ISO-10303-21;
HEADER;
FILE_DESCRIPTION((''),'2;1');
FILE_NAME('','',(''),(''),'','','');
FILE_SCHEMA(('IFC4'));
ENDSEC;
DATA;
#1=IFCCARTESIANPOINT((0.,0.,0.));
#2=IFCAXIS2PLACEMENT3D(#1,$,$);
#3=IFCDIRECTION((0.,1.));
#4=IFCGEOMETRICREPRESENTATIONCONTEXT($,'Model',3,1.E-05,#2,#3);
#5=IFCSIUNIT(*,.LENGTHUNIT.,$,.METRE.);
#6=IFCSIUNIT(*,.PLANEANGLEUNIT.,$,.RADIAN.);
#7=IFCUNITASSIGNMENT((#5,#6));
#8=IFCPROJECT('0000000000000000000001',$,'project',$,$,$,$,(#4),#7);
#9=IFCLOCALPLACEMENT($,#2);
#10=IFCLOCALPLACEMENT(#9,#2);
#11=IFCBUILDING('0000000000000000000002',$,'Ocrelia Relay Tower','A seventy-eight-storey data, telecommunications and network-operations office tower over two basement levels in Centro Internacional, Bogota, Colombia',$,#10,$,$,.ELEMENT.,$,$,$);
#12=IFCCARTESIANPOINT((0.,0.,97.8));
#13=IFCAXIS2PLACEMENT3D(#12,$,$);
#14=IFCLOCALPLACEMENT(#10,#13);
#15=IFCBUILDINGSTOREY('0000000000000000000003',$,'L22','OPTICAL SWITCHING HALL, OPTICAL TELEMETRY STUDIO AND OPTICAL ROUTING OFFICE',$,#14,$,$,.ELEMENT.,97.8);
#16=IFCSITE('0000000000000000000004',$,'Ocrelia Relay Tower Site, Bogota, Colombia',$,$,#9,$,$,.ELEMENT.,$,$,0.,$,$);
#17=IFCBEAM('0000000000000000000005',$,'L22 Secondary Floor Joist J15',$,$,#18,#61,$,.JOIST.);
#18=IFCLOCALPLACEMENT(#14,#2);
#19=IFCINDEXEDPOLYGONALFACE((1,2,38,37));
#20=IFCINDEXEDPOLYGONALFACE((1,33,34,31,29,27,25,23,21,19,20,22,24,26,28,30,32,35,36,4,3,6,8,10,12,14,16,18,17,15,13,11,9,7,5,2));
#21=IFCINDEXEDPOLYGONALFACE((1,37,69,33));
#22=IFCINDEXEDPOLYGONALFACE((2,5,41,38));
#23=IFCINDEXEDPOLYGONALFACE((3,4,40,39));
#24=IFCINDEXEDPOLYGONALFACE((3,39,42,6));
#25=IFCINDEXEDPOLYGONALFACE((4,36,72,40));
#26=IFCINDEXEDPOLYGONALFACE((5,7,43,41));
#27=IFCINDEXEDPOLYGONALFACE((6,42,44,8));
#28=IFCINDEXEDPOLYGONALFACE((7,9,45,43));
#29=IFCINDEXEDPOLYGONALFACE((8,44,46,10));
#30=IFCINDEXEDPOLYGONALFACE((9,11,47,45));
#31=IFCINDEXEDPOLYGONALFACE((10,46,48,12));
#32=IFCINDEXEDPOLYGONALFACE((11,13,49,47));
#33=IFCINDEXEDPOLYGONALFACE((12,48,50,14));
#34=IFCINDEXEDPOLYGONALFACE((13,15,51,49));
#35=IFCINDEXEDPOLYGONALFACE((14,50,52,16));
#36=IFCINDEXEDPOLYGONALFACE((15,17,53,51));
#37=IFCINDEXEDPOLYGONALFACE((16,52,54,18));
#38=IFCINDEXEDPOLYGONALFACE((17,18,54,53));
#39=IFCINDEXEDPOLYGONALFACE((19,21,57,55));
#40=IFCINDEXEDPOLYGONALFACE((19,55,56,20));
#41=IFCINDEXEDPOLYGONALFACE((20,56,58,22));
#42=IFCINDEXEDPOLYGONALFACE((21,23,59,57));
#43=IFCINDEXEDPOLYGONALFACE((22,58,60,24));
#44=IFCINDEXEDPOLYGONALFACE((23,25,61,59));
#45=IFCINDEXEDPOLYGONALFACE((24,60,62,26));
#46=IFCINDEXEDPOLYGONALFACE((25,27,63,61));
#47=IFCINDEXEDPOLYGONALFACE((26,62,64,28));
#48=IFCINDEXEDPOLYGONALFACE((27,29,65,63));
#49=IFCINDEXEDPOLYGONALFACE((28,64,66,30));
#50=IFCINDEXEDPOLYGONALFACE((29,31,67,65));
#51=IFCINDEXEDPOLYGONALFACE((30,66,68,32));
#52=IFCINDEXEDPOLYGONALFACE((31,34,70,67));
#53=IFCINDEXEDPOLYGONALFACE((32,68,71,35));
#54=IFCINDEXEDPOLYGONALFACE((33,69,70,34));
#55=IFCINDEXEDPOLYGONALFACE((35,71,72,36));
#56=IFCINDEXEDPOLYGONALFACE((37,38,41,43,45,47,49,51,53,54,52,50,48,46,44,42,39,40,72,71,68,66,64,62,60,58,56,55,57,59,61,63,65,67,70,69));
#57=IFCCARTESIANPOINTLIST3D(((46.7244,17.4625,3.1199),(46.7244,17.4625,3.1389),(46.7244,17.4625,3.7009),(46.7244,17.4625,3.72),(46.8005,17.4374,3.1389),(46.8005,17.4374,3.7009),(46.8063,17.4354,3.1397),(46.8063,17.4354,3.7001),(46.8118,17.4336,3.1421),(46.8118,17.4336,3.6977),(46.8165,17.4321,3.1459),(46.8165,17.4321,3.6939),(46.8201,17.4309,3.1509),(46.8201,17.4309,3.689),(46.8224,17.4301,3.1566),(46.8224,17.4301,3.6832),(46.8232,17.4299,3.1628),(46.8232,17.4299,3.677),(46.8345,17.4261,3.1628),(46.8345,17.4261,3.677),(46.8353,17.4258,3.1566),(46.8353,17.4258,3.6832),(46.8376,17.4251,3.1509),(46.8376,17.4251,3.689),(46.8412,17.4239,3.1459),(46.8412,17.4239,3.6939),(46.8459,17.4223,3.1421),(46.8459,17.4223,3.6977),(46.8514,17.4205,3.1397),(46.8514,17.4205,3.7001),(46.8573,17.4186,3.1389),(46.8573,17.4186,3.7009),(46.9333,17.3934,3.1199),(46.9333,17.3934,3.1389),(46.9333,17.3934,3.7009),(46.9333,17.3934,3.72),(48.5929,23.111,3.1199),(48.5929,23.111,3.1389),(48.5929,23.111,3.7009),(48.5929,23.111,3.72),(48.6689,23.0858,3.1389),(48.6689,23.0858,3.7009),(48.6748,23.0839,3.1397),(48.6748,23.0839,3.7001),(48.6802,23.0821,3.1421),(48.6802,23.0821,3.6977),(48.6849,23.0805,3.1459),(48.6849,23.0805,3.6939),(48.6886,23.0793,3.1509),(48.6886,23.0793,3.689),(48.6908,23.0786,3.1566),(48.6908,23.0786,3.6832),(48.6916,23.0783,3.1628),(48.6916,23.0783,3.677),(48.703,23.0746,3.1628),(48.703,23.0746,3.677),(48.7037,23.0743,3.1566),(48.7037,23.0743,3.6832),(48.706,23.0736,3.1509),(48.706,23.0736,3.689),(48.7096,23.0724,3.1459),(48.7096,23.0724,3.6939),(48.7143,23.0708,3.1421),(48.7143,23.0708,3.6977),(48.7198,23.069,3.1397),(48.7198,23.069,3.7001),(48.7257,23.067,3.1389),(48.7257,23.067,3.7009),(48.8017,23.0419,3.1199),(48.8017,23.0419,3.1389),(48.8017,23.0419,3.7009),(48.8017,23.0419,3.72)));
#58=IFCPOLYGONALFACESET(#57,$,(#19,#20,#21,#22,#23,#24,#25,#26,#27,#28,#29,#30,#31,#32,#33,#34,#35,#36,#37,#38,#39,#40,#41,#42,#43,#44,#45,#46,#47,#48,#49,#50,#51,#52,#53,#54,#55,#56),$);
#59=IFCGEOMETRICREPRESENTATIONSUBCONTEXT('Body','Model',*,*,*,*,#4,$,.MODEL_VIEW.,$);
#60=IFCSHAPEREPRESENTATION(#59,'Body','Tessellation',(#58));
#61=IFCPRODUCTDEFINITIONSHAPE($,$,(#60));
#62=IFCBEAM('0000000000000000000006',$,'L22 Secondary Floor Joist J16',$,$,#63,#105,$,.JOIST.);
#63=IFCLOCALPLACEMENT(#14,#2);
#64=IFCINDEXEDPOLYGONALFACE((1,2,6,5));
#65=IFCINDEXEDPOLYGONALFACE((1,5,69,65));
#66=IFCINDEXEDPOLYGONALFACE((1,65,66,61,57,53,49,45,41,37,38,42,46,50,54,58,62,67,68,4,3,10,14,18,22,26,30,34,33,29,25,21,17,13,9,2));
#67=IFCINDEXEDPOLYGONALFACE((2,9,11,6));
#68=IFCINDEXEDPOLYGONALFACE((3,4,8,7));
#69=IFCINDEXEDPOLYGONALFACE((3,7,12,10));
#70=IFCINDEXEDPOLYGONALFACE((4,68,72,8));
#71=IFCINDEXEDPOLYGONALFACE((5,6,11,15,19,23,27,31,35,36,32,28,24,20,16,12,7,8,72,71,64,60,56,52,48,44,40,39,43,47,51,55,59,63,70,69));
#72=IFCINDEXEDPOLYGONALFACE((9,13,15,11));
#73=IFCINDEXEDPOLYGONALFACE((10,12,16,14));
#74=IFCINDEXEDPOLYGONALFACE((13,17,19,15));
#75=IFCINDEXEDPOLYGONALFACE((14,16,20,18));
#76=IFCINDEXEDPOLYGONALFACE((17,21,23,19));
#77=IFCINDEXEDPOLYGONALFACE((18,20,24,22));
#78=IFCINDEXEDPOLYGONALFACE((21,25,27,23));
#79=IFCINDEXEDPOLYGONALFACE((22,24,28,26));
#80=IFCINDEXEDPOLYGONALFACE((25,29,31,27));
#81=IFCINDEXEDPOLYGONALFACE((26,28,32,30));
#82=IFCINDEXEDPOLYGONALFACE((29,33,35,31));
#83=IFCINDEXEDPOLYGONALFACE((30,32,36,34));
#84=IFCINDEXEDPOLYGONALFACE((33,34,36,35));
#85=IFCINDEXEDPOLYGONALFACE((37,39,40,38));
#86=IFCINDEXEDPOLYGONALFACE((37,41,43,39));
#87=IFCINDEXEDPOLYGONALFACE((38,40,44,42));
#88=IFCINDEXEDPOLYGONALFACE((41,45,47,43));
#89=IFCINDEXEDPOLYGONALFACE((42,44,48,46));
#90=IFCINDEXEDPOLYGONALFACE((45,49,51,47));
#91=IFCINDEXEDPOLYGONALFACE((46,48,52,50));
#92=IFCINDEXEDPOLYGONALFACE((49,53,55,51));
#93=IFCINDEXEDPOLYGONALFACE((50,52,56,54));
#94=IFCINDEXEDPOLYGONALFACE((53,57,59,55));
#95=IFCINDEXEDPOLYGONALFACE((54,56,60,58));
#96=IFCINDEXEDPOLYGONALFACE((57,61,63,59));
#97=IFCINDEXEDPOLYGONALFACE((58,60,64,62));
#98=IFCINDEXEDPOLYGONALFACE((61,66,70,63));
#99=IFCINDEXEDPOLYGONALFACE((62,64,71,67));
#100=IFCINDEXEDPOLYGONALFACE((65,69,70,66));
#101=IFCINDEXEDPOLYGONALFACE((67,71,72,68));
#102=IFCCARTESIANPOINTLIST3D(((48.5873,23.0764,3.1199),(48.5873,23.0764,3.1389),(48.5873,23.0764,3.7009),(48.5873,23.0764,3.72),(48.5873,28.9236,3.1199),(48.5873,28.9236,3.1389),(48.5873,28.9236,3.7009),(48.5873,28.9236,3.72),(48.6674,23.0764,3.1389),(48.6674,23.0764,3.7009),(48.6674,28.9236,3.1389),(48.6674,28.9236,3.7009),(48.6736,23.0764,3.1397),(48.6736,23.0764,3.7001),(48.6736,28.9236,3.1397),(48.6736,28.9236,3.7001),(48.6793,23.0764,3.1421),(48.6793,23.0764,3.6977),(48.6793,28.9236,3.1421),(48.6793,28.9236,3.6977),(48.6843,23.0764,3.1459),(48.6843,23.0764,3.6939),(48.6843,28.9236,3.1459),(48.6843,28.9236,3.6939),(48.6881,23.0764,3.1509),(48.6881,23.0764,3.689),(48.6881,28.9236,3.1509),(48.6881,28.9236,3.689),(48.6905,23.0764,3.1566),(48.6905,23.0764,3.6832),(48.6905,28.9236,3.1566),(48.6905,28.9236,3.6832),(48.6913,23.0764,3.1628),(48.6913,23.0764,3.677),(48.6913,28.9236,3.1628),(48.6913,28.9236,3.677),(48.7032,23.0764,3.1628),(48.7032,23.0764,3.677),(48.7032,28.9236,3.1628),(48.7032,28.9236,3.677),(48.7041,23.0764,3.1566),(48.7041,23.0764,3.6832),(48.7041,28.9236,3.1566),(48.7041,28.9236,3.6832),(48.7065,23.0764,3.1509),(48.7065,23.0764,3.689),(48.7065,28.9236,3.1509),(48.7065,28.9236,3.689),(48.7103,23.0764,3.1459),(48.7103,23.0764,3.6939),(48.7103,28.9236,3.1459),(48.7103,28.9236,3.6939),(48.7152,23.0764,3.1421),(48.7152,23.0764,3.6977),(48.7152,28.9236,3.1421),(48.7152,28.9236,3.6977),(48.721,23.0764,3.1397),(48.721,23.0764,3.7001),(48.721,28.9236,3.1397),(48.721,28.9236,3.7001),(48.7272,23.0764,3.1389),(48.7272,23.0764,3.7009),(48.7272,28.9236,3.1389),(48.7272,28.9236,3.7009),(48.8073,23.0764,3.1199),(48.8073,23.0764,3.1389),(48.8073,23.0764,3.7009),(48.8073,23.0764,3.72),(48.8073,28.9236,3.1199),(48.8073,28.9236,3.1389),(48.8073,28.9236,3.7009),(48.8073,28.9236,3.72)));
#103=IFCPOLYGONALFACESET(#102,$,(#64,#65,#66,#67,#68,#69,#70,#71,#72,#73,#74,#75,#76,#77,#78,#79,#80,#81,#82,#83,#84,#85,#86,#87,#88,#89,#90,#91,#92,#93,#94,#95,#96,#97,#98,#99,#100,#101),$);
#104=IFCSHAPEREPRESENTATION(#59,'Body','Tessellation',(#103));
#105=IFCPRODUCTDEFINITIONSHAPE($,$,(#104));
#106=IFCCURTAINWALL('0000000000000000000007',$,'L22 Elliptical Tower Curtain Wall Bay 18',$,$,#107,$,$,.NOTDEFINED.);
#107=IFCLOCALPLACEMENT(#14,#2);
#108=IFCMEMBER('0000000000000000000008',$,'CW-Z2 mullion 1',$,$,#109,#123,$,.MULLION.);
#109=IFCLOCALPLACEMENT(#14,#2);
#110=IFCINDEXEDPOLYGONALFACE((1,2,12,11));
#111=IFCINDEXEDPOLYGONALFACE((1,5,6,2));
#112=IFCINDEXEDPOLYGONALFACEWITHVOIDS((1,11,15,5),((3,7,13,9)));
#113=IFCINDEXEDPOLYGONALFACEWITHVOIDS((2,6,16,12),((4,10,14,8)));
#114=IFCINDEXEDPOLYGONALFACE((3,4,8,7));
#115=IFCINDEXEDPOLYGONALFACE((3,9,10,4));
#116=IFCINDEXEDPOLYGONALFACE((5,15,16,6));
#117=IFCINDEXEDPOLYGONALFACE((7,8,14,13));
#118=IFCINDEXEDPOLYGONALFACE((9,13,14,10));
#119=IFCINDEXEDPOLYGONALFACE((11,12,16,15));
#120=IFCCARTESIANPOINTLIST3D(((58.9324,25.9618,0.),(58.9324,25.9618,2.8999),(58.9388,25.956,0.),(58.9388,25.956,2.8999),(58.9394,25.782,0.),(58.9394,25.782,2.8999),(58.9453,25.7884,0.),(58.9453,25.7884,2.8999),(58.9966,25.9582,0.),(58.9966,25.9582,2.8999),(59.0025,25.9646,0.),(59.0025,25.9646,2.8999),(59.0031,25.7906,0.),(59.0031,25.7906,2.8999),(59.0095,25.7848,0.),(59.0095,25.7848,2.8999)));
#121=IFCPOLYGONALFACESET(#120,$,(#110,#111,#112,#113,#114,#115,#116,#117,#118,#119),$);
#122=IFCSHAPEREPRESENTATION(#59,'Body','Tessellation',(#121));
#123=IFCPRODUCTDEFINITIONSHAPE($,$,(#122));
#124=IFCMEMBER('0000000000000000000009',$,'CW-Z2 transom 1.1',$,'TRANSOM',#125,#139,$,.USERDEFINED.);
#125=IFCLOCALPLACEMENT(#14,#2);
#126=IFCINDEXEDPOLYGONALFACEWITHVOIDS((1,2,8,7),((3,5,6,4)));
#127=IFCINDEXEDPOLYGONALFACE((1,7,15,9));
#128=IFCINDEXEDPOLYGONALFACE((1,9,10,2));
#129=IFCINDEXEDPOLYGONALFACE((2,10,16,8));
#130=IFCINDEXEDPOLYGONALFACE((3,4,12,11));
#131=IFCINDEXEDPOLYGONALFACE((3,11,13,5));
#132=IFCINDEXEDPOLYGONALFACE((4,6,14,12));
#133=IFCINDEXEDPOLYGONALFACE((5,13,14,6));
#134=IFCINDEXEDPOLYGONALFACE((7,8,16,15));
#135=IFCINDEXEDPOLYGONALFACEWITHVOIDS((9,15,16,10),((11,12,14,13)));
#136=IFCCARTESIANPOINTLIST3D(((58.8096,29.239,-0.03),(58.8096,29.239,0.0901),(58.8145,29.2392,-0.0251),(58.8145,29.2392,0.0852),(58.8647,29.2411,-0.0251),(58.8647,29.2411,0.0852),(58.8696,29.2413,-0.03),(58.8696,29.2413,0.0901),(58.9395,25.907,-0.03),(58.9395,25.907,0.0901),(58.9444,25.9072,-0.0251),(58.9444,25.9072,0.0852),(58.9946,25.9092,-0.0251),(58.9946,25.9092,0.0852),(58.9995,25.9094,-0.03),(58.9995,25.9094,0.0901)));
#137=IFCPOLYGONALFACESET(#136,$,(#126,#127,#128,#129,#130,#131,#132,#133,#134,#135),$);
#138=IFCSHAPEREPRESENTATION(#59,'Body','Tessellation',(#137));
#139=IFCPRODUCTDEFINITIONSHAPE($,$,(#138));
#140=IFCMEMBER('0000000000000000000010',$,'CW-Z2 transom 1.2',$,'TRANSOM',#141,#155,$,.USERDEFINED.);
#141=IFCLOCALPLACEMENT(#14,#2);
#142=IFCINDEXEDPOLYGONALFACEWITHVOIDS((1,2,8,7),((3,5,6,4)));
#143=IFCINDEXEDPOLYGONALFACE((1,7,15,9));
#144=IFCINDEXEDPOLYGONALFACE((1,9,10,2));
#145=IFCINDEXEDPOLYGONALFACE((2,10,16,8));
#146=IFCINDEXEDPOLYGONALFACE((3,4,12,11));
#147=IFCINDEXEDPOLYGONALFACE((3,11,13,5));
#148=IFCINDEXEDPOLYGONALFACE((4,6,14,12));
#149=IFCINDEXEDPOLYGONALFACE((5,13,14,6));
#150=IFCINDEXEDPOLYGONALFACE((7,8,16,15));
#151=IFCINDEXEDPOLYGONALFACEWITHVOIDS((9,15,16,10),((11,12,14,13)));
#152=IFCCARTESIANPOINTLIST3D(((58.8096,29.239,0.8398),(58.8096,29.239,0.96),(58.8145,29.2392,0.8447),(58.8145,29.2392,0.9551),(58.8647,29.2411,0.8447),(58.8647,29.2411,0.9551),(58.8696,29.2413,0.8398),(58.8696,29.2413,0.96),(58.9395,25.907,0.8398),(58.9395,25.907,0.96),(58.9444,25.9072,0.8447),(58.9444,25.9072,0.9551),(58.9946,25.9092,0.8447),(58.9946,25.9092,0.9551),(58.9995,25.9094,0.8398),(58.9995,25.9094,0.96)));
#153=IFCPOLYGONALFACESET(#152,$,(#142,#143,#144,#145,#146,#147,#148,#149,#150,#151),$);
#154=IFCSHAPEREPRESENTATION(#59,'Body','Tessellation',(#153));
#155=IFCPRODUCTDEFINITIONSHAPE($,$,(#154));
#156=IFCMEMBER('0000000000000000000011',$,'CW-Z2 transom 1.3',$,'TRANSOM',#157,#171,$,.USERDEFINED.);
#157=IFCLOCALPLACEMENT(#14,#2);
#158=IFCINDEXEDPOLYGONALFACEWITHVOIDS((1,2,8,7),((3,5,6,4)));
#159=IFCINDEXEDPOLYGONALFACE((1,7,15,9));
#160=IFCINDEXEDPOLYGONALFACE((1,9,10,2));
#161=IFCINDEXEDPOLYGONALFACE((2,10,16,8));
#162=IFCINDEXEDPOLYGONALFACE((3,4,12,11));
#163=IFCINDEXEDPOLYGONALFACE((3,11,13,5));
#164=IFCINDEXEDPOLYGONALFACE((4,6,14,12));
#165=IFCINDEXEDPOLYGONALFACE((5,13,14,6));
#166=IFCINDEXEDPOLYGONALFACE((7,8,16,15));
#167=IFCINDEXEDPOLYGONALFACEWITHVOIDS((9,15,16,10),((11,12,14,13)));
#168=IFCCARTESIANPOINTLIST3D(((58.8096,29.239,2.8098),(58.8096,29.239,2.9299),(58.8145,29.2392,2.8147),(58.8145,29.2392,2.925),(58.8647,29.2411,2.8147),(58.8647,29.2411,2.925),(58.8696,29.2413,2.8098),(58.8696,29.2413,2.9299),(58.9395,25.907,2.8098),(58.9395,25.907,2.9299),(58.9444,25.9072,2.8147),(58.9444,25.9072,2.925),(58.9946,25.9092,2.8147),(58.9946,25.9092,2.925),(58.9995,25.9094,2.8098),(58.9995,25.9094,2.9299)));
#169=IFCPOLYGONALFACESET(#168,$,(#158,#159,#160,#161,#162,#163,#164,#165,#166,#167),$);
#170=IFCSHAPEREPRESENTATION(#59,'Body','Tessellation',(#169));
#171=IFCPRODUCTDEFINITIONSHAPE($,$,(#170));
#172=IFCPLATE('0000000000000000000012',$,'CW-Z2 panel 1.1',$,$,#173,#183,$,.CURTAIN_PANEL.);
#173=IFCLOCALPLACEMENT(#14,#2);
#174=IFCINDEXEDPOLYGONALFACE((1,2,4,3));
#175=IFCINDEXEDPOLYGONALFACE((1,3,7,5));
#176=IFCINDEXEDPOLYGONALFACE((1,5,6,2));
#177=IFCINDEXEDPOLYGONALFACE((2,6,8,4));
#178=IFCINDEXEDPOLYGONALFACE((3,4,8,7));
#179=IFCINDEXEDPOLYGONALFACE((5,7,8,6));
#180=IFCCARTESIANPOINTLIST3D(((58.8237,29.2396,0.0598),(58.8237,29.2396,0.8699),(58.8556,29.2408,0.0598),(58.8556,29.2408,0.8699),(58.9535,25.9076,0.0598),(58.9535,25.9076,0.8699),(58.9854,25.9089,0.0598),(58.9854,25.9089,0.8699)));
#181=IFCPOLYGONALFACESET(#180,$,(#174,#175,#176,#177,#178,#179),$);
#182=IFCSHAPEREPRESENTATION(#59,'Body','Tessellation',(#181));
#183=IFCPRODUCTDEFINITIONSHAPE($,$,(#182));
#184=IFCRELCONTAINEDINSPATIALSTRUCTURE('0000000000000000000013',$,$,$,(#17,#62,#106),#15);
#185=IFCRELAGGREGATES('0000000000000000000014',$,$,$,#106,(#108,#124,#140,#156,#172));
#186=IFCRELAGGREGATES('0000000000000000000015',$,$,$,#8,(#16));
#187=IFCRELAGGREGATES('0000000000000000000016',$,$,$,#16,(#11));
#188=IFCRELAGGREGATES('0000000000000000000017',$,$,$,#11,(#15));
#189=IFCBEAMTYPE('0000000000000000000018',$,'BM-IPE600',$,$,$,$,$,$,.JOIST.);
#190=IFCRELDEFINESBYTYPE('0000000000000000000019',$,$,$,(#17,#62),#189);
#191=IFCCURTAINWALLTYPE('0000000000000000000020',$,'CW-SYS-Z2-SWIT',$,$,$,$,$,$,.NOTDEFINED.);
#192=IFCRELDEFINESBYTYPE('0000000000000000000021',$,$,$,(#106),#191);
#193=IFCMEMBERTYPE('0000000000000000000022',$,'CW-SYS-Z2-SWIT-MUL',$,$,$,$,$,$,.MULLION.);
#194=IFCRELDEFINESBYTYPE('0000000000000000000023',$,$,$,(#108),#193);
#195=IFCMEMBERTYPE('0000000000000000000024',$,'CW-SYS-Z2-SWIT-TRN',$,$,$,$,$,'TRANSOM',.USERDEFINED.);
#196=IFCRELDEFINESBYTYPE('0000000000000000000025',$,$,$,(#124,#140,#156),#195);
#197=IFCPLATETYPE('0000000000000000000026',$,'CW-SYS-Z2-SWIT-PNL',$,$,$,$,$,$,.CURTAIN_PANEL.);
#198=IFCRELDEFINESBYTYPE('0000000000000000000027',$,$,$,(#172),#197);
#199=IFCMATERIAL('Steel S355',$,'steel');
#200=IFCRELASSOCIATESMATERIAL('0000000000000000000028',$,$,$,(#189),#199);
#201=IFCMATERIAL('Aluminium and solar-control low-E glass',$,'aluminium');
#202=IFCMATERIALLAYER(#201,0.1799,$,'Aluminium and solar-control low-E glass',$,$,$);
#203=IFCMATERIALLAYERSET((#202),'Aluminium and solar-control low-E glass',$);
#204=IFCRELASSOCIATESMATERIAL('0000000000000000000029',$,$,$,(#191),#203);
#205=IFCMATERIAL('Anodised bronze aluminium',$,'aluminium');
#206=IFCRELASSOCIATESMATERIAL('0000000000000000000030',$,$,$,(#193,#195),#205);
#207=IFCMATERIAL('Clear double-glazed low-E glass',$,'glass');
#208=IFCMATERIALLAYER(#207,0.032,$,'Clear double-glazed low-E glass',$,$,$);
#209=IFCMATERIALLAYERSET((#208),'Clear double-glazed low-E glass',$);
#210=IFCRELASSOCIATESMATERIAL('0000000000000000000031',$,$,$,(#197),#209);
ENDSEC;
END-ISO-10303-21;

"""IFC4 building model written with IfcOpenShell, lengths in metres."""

from ifc_helpers import new_model, si_unit, direction, frame, origin, origin_2d, place, context, subcontext, project, spatial, rectangle, hollow_rectangle, i_section, extrude, material, layer, layer_set, material_profile, profile_set, type_object, element, aggregate, save


model = new_model("IFC4")

# Units and contexts
model_context = context("Model", 3, precision=1e-05, world=origin(), true_north=direction((0.0, 1.0)))
body_context = subcontext(model_context, "Body", "Model", "MODEL_VIEW")
ifc_project = project(units=[si_unit("LENGTHUNIT", "METRE"), si_unit("PLANEANGLEUNIT", "RADIAN")], contexts=[model_context])

# Site, building, storey
site_placement = place(None, origin())
site = spatial("IfcSite", under=ifc_project, at=site_placement, Name="Ocrelia Relay Tower Site, Bogota, Colombia", CompositionType="ELEMENT", RefElevation=0.0)
building_placement = place(site_placement, origin())
building = spatial("IfcBuilding", under=site, at=building_placement, Name="Ocrelia Relay Tower", Description="A seventy-eight-storey data, telecommunications and network-operations office tower over two basement levels in Centro Internacional, Bogota, Colombia", CompositionType="ELEMENT")
storey_placement = place(building_placement, frame((0.0, 0.0, 97.8)))
storey = spatial("IfcBuildingStorey", under=building, at=storey_placement, Name="L22", Description="OPTICAL SWITCHING HALL, OPTICAL TELEMETRY STUDIO AND OPTICAL ROUTING OFFICE", CompositionType="ELEMENT", Elevation=97.8)

# Beams
ifc_material_1 = material(Name="Steel S355", Category="steel")
ifc_material_profile_1 = material_profile(ifc_material_1, i_section(OverallWidth=0.22, OverallDepth=0.6001, WebThickness=0.012, FlangeThickness=0.019, FilletRadius=0.0239, at=origin_2d()), Name="IPE 600")
ifc_profile_set_1 = profile_set([ifc_material_profile_1], Name="Steel S355")
beam_type_1 = type_object("IfcBeamType", Name="BM-IPE600", PredefinedType="JOIST", material=ifc_profile_set_1)
beam_1_placement = place(storey_placement, frame((46.8289, 17.428, 3.4199), z_axis=(0.314048, 0.949407, 0.0), x_axis=(-0.949407, 0.314048, 0.0)))
element("IfcBeam", 1, at=beam_1_placement, inside=storey, type_object=beam_type_1, Name="L22 Secondary Floor Joist J15", PredefinedType="JOIST", context=body_context, shape_type="SweptSolid", body=[
    extrude(i_section(OverallWidth=0.22, OverallDepth=0.6001, WebThickness=0.012, FlangeThickness=0.019, FilletRadius=0.0239, at=origin_2d()), origin(), (0.0, 0.0, 1.0), 5.9495),
])
beam_2_placement = place(storey_placement, frame((48.6973, 23.0764, 3.4199), z_axis=(0.0, 1.0, 0.0), x_axis=(-1.0, 0.0, 0.0)))
element("IfcBeam", 2, at=beam_2_placement, inside=storey, type_object=beam_type_1, Name="L22 Secondary Floor Joist J16", PredefinedType="JOIST", context=body_context, shape_type="SweptSolid", body=[
    extrude(i_section(OverallWidth=0.22, OverallDepth=0.6001, WebThickness=0.012, FlangeThickness=0.019, FilletRadius=0.0239, at=origin_2d()), origin(), (0.0, 0.0, 1.0), 5.8472),
])

# Curtain wall, members, plate
ifc_material_2 = material(Name="Aluminium and solar-control low-E glass", Category="aluminium")
ifc_layer_1 = layer(ifc_material_2, 0.1799, Name="Aluminium and solar-control low-E glass")
ifc_layer_set_1 = layer_set([ifc_layer_1], Name="Aluminium and solar-control low-E glass")
curtain_wall_type = type_object("IfcCurtainWallType", Name="CW-SYS-Z2-SWIT", PredefinedType="NOTDEFINED", material=ifc_layer_set_1)
curtain_wall_placement = place(storey_placement, origin())
curtain_wall = element("IfcCurtainWall", 3, at=curtain_wall_placement, inside=storey, type_object=curtain_wall_type, Name="L22 Elliptical Tower Curtain Wall Bay 18", PredefinedType="NOTDEFINED")
ifc_material_3 = material(Name="Anodised bronze aluminium", Category="aluminium")
ifc_material_profile_2 = material_profile(ifc_material_3, hollow_rectangle(XDim=0.0701, YDim=0.1799, WallThickness=0.0061, at=origin_2d()), Name="CW-MUL-180x70")
ifc_profile_set_2 = profile_set([ifc_material_profile_2], Name="Anodised bronze aluminium")
member_type_1 = type_object("IfcMemberType", Name="CW-SYS-Z2-SWIT-MUL", PredefinedType="MULLION", material=ifc_profile_set_2)
member_1_placement = place(storey_placement, frame((58.9709, 25.8733, 0.0), z_axis=(0.0, 0.0, 1.0), x_axis=(-0.999242, -0.03893, 0.0)))
member_1 = element("IfcMember", 4, at=member_1_placement, type_object=member_type_1, Name="CW-Z2 mullion 1", PredefinedType="MULLION", context=body_context, shape_type="SweptSolid", body=[
    extrude(hollow_rectangle(XDim=0.0701, YDim=0.1799, WallThickness=0.0061, at=origin_2d()), origin(), (0.0, 0.0, 1.0), 2.8999),
])
ifc_material_profile_3 = material_profile(ifc_material_3, hollow_rectangle(XDim=0.0601, YDim=0.1201, WallThickness=0.0049, at=origin_2d()), Name="CW-TRN-120x60")
ifc_profile_set_3 = profile_set([ifc_material_profile_3], Name="Anodised bronze aluminium")
member_type_2 = type_object("IfcMemberType", Name="CW-SYS-Z2-SWIT-TRN", ElementType="TRANSOM", PredefinedType="USERDEFINED", material=ifc_profile_set_3)
member_2_placement = place(storey_placement, frame((58.9695, 25.9082, 0.03), z_axis=(-0.03895, 0.999241, 0.0), x_axis=(-0.999241, -0.03895, 0.0)))
member_2 = element("IfcMember", 5, at=member_2_placement, type_object=member_type_2, Name="CW-Z2 transom 1.1", ObjectType="TRANSOM", PredefinedType="USERDEFINED", context=body_context, shape_type="SweptSolid", body=[
    extrude(hollow_rectangle(XDim=0.0601, YDim=0.1201, WallThickness=0.0049, at=origin_2d()), origin(), (0.0, 0.0, 1.0), 3.3345),
])
member_3_placement = place(storey_placement, frame((58.9695, 25.9082, 0.8999), z_axis=(-0.03895, 0.999241, 0.0), x_axis=(-0.999241, -0.03895, 0.0)))
member_3 = element("IfcMember", 6, at=member_3_placement, type_object=member_type_2, Name="CW-Z2 transom 1.2", ObjectType="TRANSOM", PredefinedType="USERDEFINED", context=body_context, shape_type="SweptSolid", body=[
    extrude(hollow_rectangle(XDim=0.0601, YDim=0.1201, WallThickness=0.0049, at=origin_2d()), origin(), (0.0, 0.0, 1.0), 3.3345),
])
member_4_placement = place(storey_placement, frame((58.9695, 25.9082, 2.8699), z_axis=(-0.03895, 0.999241, 0.0), x_axis=(-0.999241, -0.03895, 0.0)))
member_4 = element("IfcMember", 7, at=member_4_placement, type_object=member_type_2, Name="CW-Z2 transom 1.3", ObjectType="TRANSOM", PredefinedType="USERDEFINED", context=body_context, shape_type="SweptSolid", body=[
    extrude(hollow_rectangle(XDim=0.0601, YDim=0.1201, WallThickness=0.0049, at=origin_2d()), origin(), (0.0, 0.0, 1.0), 3.3345),
])
ifc_material_4 = material(Name="Clear double-glazed low-E glass", Category="glass")
ifc_layer_2 = layer(ifc_material_4, 0.032, Name="Clear double-glazed low-E glass")
ifc_layer_set_2 = layer_set([ifc_layer_2], Name="Clear double-glazed low-E glass")
plate_type = type_object("IfcPlateType", Name="CW-SYS-Z2-SWIT-PNL", PredefinedType="CURTAIN_PANEL", material=ifc_layer_set_2)
plate_1_placement = place(storey_placement, frame((58.9045, 27.5742, 0.0598), z_axis=(0.0, 0.0, 1.0), x_axis=(-0.03893, 0.999242, 0.0)))
plate_1 = element("IfcPlate", 8, at=plate_1_placement, type_object=plate_type, Name="CW-Z2 panel 1.1", PredefinedType="CURTAIN_PANEL", context=body_context, shape_type="SweptSolid", body=[
    extrude(rectangle(XDim=3.3345, YDim=0.032, at=origin_2d()), origin(), (0.0, 0.0, 1.0), 0.8101),
])
aggregate(curtain_wall, [member_1, member_2, member_3, member_4, plate_1])

save(model, "model.ifc")
